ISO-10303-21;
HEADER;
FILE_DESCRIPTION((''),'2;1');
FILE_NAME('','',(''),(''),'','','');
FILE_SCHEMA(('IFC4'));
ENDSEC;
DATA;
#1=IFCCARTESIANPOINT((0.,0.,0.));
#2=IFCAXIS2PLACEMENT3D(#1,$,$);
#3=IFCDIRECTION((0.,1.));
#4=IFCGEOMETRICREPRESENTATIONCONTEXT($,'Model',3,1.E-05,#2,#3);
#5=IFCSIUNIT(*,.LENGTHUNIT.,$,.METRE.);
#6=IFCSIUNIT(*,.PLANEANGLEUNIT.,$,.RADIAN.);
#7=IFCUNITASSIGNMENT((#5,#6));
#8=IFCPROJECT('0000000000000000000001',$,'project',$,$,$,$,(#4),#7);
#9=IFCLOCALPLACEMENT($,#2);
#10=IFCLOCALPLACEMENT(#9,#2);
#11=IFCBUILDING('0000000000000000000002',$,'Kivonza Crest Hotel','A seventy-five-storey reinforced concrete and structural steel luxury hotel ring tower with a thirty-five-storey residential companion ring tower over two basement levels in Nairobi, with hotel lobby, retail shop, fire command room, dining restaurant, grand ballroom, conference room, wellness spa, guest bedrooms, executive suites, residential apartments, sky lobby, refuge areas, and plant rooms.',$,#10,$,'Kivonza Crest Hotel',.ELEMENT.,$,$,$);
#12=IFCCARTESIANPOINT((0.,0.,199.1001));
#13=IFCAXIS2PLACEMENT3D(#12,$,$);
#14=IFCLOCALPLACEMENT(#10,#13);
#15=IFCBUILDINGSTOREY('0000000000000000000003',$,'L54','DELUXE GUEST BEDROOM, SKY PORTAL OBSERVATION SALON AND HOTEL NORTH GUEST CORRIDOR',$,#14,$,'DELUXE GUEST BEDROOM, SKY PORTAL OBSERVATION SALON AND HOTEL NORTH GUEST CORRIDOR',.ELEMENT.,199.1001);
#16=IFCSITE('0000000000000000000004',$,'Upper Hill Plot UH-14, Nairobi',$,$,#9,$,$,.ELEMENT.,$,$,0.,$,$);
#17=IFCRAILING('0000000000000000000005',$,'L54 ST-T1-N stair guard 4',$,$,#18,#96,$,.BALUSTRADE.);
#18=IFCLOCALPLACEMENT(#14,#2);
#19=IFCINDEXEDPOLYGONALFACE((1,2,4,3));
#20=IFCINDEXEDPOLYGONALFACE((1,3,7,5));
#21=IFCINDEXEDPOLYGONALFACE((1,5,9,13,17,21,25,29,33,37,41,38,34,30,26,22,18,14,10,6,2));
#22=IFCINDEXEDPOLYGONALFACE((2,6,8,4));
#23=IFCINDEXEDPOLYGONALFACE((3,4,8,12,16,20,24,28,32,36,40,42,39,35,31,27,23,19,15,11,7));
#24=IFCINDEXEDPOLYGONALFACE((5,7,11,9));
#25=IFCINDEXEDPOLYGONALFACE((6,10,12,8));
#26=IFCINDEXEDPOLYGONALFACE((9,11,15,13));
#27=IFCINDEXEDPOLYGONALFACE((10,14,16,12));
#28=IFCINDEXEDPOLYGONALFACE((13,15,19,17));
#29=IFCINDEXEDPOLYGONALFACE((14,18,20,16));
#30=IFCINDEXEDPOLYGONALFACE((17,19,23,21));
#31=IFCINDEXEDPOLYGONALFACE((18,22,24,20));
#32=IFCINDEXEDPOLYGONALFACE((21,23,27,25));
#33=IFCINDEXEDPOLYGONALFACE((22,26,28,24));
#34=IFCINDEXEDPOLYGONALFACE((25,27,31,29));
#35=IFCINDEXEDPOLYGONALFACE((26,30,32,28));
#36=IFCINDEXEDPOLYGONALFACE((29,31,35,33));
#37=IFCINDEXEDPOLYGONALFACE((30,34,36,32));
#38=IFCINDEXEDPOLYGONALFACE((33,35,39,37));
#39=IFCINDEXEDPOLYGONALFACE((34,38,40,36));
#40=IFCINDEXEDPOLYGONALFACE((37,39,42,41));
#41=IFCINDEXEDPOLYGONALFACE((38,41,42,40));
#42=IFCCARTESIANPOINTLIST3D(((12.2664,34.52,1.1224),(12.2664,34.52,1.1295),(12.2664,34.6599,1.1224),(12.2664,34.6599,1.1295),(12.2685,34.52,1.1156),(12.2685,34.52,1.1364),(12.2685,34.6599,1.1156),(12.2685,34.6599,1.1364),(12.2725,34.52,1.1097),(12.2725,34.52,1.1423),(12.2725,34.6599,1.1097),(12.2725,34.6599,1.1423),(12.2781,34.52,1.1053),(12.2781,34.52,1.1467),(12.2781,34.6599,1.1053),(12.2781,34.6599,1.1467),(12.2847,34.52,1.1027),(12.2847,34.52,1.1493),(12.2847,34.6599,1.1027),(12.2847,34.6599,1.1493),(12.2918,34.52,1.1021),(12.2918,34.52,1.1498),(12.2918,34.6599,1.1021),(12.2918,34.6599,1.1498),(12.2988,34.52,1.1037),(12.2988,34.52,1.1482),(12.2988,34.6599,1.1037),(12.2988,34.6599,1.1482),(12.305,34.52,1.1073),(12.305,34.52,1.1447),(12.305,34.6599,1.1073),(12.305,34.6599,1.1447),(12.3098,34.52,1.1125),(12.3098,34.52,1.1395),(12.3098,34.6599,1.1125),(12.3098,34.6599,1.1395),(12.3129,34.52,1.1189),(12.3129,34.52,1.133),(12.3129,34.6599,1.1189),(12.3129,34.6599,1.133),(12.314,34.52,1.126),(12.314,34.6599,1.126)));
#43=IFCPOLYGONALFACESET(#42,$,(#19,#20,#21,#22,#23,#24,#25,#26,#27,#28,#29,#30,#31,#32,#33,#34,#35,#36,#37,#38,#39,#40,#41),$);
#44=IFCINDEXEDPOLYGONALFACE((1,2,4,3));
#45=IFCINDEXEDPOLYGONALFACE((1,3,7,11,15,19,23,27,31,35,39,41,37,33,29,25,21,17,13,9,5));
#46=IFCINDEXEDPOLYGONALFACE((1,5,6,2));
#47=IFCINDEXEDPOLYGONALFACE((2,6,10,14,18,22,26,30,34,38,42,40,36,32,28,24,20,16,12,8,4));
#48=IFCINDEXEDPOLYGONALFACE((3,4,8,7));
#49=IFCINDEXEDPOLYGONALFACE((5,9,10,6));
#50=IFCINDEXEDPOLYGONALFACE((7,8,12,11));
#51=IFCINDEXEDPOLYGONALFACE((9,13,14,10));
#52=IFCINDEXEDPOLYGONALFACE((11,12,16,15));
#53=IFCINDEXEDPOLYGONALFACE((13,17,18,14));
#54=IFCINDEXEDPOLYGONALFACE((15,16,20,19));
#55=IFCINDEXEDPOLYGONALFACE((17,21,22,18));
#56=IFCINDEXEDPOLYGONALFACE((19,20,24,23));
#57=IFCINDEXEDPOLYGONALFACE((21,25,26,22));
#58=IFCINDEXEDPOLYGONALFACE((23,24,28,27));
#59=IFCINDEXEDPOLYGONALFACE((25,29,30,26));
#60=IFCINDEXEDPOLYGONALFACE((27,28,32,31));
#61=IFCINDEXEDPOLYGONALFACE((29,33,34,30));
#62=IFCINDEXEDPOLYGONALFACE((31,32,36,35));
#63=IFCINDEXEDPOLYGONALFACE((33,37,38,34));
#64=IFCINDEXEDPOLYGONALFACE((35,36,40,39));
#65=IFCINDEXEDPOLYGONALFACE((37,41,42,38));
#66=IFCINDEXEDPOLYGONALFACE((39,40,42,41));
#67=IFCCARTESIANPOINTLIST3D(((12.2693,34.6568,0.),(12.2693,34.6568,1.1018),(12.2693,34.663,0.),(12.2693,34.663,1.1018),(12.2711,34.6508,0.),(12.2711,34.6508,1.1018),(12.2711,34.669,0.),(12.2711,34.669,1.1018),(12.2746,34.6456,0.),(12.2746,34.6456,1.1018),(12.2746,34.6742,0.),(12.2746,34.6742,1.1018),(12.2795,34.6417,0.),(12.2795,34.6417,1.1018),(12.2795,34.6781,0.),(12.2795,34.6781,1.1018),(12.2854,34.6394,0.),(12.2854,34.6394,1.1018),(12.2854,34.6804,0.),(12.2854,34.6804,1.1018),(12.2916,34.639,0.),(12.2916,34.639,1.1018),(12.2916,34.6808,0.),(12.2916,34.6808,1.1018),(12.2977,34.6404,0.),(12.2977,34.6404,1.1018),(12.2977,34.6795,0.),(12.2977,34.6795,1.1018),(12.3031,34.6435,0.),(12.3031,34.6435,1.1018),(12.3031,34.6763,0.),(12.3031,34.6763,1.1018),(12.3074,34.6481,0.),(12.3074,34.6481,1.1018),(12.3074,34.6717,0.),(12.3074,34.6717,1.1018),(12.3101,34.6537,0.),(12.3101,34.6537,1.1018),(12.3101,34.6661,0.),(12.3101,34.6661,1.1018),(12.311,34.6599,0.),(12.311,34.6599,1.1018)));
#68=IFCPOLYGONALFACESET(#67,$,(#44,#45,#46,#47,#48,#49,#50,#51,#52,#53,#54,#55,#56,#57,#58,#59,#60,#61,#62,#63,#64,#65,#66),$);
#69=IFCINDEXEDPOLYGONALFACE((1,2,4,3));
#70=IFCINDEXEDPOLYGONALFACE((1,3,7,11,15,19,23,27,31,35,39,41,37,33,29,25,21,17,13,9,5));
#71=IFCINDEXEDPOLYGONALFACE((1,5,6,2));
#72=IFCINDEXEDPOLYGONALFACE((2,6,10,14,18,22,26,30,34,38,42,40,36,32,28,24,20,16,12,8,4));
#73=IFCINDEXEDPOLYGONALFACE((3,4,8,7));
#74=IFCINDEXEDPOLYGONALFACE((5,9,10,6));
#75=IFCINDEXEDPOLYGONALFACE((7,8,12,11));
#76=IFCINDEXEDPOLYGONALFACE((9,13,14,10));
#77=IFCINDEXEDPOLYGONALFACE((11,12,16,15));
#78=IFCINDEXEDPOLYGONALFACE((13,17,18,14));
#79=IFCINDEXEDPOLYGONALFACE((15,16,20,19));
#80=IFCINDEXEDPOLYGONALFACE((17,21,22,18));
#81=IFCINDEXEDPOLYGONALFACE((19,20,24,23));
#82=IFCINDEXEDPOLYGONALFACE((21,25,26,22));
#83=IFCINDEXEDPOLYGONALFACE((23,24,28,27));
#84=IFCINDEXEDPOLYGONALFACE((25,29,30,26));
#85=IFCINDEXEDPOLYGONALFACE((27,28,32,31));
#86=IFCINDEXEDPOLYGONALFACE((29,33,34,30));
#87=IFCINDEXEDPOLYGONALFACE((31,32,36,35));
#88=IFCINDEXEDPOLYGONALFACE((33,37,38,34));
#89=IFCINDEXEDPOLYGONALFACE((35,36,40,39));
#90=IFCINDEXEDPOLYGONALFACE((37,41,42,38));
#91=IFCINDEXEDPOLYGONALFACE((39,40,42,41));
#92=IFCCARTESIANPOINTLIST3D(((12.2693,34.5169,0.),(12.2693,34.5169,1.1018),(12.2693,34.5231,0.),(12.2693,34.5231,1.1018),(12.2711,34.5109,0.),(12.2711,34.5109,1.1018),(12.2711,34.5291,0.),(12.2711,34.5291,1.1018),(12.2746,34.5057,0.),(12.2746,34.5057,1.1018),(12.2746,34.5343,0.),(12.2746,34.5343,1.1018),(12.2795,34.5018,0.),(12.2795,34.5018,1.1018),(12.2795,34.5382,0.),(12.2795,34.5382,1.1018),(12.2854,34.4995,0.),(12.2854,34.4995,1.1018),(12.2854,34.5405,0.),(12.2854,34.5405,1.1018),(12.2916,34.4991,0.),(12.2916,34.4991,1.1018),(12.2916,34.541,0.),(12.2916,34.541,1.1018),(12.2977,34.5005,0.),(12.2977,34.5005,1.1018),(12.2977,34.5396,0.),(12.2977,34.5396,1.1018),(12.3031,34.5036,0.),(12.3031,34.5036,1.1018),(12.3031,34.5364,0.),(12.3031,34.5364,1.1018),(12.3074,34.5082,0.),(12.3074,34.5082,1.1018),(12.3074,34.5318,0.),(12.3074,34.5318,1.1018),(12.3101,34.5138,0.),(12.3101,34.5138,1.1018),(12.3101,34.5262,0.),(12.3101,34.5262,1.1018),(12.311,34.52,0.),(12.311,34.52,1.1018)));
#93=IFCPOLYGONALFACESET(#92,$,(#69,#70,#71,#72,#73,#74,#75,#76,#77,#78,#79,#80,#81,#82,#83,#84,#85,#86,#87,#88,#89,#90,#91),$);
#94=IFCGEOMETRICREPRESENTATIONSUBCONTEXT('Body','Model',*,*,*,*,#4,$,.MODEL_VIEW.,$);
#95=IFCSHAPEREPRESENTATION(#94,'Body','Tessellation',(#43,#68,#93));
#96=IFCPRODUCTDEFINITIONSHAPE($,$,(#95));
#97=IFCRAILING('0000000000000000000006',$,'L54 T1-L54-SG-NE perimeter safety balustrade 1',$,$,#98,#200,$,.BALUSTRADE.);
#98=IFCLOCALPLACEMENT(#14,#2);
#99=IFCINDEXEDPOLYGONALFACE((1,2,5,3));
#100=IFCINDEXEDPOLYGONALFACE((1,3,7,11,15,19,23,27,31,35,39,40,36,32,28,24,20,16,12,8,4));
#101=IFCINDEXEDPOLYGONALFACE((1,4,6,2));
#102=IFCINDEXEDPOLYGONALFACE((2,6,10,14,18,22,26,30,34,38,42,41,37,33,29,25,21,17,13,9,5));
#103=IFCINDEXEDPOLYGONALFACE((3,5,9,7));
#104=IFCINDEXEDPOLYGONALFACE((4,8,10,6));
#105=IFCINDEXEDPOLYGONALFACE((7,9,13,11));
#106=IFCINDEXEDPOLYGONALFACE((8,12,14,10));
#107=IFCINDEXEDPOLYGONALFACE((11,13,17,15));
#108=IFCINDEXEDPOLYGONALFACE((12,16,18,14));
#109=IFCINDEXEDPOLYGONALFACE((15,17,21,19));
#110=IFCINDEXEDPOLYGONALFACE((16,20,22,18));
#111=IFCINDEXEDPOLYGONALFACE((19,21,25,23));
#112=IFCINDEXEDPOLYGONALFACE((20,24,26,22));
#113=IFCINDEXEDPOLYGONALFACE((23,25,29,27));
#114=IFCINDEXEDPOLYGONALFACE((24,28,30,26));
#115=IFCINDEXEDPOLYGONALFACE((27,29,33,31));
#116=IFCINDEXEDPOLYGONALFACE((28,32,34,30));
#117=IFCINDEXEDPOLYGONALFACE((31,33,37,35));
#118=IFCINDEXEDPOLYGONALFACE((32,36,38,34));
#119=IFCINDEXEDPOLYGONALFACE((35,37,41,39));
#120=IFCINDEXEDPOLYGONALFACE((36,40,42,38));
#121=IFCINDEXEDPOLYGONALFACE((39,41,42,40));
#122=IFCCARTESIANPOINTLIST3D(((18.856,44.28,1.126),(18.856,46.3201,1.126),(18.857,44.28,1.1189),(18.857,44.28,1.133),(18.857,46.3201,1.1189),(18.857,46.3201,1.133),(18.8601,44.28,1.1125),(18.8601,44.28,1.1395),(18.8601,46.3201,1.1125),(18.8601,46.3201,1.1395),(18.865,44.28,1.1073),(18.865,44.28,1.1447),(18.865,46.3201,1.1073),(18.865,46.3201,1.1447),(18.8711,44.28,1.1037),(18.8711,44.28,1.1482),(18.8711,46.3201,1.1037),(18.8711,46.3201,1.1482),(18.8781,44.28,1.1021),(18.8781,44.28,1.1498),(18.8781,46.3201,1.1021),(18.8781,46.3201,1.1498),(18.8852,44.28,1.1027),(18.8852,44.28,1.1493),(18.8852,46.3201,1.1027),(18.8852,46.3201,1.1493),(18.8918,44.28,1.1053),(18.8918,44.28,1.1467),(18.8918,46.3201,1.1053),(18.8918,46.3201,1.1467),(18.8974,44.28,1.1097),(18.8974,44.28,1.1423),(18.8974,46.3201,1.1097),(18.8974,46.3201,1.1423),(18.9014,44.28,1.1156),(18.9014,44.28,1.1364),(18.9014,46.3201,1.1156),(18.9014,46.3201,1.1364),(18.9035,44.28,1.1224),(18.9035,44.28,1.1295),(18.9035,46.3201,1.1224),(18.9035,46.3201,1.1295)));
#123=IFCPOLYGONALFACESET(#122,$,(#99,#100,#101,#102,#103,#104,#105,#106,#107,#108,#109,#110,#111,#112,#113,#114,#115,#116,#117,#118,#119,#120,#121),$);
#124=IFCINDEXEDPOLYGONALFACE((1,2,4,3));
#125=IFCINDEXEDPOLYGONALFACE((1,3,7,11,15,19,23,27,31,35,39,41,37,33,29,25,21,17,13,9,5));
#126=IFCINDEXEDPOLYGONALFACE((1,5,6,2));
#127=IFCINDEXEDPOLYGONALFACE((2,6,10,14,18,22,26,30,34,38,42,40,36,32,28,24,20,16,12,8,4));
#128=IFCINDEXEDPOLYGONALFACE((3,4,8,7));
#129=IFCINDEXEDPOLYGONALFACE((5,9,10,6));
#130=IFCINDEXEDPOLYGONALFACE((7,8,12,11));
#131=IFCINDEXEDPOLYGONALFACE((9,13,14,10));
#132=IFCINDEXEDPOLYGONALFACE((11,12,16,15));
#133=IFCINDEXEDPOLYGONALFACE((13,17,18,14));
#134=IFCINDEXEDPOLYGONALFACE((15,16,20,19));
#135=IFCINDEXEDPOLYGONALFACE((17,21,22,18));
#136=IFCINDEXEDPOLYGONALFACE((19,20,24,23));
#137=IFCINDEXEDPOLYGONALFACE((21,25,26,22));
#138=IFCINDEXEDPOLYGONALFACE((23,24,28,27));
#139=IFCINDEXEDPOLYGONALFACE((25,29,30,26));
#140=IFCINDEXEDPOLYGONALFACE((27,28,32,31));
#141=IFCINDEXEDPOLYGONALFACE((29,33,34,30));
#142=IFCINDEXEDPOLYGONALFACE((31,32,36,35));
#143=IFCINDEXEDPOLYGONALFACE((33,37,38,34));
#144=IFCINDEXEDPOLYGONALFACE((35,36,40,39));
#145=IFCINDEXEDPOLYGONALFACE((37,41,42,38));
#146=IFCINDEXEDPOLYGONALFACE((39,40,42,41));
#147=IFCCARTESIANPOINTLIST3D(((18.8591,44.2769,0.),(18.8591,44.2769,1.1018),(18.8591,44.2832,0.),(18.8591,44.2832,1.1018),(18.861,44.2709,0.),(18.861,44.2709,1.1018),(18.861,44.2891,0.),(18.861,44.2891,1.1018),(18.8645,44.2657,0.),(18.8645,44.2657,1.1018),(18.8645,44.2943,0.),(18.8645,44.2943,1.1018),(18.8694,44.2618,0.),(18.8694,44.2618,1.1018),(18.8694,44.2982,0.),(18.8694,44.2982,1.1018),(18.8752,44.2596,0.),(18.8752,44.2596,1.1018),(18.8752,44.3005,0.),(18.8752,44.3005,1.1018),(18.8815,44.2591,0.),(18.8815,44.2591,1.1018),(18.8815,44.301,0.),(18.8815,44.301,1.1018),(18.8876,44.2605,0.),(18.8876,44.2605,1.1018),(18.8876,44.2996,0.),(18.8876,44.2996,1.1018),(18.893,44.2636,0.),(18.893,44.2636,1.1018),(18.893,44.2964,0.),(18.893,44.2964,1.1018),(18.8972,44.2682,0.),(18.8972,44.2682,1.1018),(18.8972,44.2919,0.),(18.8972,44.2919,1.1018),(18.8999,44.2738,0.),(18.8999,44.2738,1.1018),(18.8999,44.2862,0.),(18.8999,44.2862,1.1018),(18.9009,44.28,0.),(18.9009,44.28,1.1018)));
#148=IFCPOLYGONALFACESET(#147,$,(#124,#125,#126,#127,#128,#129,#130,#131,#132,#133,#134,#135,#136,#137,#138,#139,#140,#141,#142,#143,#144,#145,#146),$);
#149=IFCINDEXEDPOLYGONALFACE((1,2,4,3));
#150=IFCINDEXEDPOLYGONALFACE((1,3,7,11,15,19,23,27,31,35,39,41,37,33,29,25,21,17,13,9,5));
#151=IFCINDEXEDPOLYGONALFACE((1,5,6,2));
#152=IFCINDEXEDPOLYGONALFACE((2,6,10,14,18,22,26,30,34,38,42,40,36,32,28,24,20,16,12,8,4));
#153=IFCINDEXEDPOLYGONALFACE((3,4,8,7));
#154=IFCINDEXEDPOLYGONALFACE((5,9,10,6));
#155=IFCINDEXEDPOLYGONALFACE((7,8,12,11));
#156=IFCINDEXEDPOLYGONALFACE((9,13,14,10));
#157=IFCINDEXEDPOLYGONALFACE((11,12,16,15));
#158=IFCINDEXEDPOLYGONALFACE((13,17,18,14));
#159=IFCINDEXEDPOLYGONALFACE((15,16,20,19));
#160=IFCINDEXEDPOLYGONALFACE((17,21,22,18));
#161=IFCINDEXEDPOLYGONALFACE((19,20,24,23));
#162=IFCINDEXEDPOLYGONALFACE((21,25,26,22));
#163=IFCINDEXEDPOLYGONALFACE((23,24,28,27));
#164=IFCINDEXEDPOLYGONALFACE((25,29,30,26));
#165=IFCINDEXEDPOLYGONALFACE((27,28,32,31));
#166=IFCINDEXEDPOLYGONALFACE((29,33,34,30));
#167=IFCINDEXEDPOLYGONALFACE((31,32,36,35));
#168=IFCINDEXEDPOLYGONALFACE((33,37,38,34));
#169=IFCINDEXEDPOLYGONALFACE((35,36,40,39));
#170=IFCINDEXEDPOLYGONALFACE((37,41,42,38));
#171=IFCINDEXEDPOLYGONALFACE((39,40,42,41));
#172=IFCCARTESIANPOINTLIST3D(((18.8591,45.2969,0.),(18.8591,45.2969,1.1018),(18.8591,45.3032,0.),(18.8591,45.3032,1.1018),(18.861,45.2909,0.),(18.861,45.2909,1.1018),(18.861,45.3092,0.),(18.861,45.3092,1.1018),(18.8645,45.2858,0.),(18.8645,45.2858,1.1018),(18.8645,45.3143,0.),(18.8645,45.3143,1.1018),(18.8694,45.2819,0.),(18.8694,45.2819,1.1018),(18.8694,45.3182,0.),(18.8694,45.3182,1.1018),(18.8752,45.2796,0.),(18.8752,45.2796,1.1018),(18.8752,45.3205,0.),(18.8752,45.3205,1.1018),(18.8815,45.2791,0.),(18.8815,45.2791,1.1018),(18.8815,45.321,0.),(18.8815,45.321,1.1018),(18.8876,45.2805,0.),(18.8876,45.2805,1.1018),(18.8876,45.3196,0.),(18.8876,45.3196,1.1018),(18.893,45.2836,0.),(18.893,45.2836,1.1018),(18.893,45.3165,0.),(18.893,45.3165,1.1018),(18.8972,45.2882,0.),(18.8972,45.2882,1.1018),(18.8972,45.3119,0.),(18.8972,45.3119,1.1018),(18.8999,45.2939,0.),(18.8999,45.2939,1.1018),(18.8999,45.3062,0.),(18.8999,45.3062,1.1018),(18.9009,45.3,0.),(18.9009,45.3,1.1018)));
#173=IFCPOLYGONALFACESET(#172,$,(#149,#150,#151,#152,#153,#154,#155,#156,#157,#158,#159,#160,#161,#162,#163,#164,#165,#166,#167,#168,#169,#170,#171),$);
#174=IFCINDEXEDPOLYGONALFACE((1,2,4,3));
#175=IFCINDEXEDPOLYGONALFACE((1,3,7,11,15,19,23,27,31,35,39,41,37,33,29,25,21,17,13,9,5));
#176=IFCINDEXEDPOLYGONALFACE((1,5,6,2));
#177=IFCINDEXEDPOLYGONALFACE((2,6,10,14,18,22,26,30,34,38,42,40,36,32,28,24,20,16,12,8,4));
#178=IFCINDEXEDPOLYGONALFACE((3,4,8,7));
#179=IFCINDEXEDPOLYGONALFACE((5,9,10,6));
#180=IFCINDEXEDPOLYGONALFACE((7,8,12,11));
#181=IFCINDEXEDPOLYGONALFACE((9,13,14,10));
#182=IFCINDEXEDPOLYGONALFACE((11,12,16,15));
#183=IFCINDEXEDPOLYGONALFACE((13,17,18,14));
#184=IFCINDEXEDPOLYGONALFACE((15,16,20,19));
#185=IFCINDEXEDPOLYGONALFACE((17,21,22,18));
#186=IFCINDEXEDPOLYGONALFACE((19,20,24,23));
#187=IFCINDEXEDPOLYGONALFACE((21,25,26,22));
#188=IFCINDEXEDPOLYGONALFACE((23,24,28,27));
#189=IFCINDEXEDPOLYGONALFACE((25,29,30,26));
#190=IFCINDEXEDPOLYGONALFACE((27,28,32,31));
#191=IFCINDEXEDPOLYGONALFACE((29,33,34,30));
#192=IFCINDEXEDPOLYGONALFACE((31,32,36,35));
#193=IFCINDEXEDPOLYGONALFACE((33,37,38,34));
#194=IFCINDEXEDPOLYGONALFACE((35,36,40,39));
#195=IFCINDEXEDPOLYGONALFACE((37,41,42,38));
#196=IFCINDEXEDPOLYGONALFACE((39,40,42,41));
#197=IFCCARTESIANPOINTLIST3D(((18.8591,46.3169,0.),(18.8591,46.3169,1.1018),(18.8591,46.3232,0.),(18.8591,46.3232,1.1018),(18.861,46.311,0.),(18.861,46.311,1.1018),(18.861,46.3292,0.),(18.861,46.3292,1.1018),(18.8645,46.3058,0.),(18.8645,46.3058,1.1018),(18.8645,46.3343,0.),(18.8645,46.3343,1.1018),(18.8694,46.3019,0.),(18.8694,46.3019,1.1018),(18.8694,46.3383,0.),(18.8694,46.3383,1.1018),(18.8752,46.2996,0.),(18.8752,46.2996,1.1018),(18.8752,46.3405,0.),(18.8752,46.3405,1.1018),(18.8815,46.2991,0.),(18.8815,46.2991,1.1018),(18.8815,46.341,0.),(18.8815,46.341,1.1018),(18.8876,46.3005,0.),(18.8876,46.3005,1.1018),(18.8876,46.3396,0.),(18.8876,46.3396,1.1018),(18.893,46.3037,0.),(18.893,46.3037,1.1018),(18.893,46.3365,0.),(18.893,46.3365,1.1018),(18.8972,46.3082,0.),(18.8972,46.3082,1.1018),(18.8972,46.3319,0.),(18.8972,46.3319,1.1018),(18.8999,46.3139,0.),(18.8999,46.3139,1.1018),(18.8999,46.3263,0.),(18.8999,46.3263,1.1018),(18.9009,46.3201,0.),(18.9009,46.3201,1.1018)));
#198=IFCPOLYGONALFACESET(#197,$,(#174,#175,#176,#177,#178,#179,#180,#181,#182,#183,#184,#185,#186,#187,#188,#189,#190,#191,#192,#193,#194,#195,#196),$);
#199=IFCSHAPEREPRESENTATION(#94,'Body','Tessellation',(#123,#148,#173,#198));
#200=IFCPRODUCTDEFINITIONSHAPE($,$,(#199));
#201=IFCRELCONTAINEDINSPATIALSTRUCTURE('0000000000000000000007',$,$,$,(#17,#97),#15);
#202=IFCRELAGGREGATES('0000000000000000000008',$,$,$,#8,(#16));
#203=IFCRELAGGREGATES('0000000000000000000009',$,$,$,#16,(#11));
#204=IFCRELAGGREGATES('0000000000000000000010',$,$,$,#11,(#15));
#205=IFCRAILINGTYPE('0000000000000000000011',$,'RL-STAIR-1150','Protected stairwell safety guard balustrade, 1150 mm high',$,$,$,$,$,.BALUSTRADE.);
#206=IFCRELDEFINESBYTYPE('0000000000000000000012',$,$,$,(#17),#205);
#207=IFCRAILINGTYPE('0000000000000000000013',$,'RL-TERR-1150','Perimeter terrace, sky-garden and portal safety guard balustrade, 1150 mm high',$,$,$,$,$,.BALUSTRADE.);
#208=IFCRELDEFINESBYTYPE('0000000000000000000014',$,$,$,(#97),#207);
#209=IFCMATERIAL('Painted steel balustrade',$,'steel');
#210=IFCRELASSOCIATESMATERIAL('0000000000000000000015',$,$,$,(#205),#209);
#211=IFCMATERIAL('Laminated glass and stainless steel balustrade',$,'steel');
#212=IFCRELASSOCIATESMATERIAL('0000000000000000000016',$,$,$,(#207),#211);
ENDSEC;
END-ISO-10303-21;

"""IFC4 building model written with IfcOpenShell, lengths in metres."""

from ifc_helpers import new_model, si_unit, direction, frame, origin, origin_2d, place, context, subcontext, project, spatial, circle, extrude, material, type_object, element, save


model = new_model("IFC4")

# Units and contexts
model_context = context("Model", 3, precision=1e-05, world=origin(), true_north=direction((0.0, 1.0)))
body_context = subcontext(model_context, "Body", "Model", "MODEL_VIEW")
ifc_project = project(units=[si_unit("LENGTHUNIT", "METRE"), si_unit("PLANEANGLEUNIT", "RADIAN")], contexts=[model_context])

# Site, building, storey
site_placement = place(None, origin())
site = spatial("IfcSite", under=ifc_project, at=site_placement, Name="Upper Hill Plot UH-14, Nairobi", CompositionType="ELEMENT", RefElevation=0.0)
building_placement = place(site_placement, origin())
building = spatial("IfcBuilding", under=site, at=building_placement, Name="Kivonza Crest Hotel", Description="A seventy-five-storey reinforced concrete and structural steel luxury hotel ring tower with a thirty-five-storey residential companion ring tower over two basement levels in Nairobi, with hotel lobby, retail shop, fire command room, dining restaurant, grand ballroom, conference room, wellness spa, guest bedrooms, executive suites, residential apartments, sky lobby, refuge areas, and plant rooms.", LongName="Kivonza Crest Hotel", CompositionType="ELEMENT")
storey_placement = place(building_placement, frame((0.0, 0.0, 199.1001)))
storey = spatial("IfcBuildingStorey", under=building, at=storey_placement, Name="L54", Description="DELUXE GUEST BEDROOM, SKY PORTAL OBSERVATION SALON AND HOTEL NORTH GUEST CORRIDOR", LongName="DELUXE GUEST BEDROOM, SKY PORTAL OBSERVATION SALON AND HOTEL NORTH GUEST CORRIDOR", CompositionType="ELEMENT", Elevation=199.1001)

# Railings
ifc_material_1 = material(Name="Painted steel balustrade", Category="steel")
railing_type_1 = type_object("IfcRailingType", Name="RL-STAIR-1150", Description="Protected stairwell safety guard balustrade, 1150 mm high", PredefinedType="BALUSTRADE", material=ifc_material_1)
railing_1_placement = place(storey_placement, frame((12.29, 34.6599, 0.0)))
element("IfcRailing", 1, at=railing_1_placement, inside=storey, type_object=railing_type_1, Name="L54 ST-T1-N stair guard 4", PredefinedType="BALUSTRADE", context=body_context, shape_type="SweptSolid", body=[
    extrude(circle(Radius=0.0239, at=origin_2d()), frame((0.0, 0.0, 1.126), z_axis=(0.0, -1.0, 0.0), x_axis=(1.0, 0.0, 0.0)), (0.0, 0.0, 1.0), 0.1399),
    extrude(circle(Radius=0.021, at=origin_2d()), origin(), (0.0, 0.0, 1.0), 1.1018),
    extrude(circle(Radius=0.021, at=origin_2d()), frame((0.0, -0.1399, 0.0)), (0.0, 0.0, 1.0), 1.1018),
])
ifc_material_2 = material(Name="Laminated glass and stainless steel balustrade", Category="steel")
railing_type_2 = type_object("IfcRailingType", Name="RL-TERR-1150", Description="Perimeter terrace, sky-garden and portal safety guard balustrade, 1150 mm high", PredefinedType="BALUSTRADE", material=ifc_material_2)
railing_2_placement = place(storey_placement, frame((18.8799, 44.28, 0.0)))
element("IfcRailing", 2, at=railing_2_placement, inside=storey, type_object=railing_type_2, Name="L54 T1-L54-SG-NE perimeter safety balustrade 1", PredefinedType="BALUSTRADE", context=body_context, shape_type="SweptSolid", body=[
    extrude(circle(Radius=0.0239, at=origin_2d()), frame((0.0, 0.0, 1.126), z_axis=(0.0, 1.0, 0.0), x_axis=(-1.0, 0.0, 0.0)), (0.0, 0.0, 1.0), 2.04),
    extrude(circle(Radius=0.021, at=origin_2d()), origin(), (0.0, 0.0, 1.0), 1.1018),
    extrude(circle(Radius=0.021, at=origin_2d()), frame((0.0, 1.02, 0.0)), (0.0, 0.0, 1.0), 1.1018),
    extrude(circle(Radius=0.021, at=origin_2d()), frame((0.0, 2.04, 0.0)), (0.0, 0.0, 1.0), 1.1018),
])

save(model, "model.ifc")
